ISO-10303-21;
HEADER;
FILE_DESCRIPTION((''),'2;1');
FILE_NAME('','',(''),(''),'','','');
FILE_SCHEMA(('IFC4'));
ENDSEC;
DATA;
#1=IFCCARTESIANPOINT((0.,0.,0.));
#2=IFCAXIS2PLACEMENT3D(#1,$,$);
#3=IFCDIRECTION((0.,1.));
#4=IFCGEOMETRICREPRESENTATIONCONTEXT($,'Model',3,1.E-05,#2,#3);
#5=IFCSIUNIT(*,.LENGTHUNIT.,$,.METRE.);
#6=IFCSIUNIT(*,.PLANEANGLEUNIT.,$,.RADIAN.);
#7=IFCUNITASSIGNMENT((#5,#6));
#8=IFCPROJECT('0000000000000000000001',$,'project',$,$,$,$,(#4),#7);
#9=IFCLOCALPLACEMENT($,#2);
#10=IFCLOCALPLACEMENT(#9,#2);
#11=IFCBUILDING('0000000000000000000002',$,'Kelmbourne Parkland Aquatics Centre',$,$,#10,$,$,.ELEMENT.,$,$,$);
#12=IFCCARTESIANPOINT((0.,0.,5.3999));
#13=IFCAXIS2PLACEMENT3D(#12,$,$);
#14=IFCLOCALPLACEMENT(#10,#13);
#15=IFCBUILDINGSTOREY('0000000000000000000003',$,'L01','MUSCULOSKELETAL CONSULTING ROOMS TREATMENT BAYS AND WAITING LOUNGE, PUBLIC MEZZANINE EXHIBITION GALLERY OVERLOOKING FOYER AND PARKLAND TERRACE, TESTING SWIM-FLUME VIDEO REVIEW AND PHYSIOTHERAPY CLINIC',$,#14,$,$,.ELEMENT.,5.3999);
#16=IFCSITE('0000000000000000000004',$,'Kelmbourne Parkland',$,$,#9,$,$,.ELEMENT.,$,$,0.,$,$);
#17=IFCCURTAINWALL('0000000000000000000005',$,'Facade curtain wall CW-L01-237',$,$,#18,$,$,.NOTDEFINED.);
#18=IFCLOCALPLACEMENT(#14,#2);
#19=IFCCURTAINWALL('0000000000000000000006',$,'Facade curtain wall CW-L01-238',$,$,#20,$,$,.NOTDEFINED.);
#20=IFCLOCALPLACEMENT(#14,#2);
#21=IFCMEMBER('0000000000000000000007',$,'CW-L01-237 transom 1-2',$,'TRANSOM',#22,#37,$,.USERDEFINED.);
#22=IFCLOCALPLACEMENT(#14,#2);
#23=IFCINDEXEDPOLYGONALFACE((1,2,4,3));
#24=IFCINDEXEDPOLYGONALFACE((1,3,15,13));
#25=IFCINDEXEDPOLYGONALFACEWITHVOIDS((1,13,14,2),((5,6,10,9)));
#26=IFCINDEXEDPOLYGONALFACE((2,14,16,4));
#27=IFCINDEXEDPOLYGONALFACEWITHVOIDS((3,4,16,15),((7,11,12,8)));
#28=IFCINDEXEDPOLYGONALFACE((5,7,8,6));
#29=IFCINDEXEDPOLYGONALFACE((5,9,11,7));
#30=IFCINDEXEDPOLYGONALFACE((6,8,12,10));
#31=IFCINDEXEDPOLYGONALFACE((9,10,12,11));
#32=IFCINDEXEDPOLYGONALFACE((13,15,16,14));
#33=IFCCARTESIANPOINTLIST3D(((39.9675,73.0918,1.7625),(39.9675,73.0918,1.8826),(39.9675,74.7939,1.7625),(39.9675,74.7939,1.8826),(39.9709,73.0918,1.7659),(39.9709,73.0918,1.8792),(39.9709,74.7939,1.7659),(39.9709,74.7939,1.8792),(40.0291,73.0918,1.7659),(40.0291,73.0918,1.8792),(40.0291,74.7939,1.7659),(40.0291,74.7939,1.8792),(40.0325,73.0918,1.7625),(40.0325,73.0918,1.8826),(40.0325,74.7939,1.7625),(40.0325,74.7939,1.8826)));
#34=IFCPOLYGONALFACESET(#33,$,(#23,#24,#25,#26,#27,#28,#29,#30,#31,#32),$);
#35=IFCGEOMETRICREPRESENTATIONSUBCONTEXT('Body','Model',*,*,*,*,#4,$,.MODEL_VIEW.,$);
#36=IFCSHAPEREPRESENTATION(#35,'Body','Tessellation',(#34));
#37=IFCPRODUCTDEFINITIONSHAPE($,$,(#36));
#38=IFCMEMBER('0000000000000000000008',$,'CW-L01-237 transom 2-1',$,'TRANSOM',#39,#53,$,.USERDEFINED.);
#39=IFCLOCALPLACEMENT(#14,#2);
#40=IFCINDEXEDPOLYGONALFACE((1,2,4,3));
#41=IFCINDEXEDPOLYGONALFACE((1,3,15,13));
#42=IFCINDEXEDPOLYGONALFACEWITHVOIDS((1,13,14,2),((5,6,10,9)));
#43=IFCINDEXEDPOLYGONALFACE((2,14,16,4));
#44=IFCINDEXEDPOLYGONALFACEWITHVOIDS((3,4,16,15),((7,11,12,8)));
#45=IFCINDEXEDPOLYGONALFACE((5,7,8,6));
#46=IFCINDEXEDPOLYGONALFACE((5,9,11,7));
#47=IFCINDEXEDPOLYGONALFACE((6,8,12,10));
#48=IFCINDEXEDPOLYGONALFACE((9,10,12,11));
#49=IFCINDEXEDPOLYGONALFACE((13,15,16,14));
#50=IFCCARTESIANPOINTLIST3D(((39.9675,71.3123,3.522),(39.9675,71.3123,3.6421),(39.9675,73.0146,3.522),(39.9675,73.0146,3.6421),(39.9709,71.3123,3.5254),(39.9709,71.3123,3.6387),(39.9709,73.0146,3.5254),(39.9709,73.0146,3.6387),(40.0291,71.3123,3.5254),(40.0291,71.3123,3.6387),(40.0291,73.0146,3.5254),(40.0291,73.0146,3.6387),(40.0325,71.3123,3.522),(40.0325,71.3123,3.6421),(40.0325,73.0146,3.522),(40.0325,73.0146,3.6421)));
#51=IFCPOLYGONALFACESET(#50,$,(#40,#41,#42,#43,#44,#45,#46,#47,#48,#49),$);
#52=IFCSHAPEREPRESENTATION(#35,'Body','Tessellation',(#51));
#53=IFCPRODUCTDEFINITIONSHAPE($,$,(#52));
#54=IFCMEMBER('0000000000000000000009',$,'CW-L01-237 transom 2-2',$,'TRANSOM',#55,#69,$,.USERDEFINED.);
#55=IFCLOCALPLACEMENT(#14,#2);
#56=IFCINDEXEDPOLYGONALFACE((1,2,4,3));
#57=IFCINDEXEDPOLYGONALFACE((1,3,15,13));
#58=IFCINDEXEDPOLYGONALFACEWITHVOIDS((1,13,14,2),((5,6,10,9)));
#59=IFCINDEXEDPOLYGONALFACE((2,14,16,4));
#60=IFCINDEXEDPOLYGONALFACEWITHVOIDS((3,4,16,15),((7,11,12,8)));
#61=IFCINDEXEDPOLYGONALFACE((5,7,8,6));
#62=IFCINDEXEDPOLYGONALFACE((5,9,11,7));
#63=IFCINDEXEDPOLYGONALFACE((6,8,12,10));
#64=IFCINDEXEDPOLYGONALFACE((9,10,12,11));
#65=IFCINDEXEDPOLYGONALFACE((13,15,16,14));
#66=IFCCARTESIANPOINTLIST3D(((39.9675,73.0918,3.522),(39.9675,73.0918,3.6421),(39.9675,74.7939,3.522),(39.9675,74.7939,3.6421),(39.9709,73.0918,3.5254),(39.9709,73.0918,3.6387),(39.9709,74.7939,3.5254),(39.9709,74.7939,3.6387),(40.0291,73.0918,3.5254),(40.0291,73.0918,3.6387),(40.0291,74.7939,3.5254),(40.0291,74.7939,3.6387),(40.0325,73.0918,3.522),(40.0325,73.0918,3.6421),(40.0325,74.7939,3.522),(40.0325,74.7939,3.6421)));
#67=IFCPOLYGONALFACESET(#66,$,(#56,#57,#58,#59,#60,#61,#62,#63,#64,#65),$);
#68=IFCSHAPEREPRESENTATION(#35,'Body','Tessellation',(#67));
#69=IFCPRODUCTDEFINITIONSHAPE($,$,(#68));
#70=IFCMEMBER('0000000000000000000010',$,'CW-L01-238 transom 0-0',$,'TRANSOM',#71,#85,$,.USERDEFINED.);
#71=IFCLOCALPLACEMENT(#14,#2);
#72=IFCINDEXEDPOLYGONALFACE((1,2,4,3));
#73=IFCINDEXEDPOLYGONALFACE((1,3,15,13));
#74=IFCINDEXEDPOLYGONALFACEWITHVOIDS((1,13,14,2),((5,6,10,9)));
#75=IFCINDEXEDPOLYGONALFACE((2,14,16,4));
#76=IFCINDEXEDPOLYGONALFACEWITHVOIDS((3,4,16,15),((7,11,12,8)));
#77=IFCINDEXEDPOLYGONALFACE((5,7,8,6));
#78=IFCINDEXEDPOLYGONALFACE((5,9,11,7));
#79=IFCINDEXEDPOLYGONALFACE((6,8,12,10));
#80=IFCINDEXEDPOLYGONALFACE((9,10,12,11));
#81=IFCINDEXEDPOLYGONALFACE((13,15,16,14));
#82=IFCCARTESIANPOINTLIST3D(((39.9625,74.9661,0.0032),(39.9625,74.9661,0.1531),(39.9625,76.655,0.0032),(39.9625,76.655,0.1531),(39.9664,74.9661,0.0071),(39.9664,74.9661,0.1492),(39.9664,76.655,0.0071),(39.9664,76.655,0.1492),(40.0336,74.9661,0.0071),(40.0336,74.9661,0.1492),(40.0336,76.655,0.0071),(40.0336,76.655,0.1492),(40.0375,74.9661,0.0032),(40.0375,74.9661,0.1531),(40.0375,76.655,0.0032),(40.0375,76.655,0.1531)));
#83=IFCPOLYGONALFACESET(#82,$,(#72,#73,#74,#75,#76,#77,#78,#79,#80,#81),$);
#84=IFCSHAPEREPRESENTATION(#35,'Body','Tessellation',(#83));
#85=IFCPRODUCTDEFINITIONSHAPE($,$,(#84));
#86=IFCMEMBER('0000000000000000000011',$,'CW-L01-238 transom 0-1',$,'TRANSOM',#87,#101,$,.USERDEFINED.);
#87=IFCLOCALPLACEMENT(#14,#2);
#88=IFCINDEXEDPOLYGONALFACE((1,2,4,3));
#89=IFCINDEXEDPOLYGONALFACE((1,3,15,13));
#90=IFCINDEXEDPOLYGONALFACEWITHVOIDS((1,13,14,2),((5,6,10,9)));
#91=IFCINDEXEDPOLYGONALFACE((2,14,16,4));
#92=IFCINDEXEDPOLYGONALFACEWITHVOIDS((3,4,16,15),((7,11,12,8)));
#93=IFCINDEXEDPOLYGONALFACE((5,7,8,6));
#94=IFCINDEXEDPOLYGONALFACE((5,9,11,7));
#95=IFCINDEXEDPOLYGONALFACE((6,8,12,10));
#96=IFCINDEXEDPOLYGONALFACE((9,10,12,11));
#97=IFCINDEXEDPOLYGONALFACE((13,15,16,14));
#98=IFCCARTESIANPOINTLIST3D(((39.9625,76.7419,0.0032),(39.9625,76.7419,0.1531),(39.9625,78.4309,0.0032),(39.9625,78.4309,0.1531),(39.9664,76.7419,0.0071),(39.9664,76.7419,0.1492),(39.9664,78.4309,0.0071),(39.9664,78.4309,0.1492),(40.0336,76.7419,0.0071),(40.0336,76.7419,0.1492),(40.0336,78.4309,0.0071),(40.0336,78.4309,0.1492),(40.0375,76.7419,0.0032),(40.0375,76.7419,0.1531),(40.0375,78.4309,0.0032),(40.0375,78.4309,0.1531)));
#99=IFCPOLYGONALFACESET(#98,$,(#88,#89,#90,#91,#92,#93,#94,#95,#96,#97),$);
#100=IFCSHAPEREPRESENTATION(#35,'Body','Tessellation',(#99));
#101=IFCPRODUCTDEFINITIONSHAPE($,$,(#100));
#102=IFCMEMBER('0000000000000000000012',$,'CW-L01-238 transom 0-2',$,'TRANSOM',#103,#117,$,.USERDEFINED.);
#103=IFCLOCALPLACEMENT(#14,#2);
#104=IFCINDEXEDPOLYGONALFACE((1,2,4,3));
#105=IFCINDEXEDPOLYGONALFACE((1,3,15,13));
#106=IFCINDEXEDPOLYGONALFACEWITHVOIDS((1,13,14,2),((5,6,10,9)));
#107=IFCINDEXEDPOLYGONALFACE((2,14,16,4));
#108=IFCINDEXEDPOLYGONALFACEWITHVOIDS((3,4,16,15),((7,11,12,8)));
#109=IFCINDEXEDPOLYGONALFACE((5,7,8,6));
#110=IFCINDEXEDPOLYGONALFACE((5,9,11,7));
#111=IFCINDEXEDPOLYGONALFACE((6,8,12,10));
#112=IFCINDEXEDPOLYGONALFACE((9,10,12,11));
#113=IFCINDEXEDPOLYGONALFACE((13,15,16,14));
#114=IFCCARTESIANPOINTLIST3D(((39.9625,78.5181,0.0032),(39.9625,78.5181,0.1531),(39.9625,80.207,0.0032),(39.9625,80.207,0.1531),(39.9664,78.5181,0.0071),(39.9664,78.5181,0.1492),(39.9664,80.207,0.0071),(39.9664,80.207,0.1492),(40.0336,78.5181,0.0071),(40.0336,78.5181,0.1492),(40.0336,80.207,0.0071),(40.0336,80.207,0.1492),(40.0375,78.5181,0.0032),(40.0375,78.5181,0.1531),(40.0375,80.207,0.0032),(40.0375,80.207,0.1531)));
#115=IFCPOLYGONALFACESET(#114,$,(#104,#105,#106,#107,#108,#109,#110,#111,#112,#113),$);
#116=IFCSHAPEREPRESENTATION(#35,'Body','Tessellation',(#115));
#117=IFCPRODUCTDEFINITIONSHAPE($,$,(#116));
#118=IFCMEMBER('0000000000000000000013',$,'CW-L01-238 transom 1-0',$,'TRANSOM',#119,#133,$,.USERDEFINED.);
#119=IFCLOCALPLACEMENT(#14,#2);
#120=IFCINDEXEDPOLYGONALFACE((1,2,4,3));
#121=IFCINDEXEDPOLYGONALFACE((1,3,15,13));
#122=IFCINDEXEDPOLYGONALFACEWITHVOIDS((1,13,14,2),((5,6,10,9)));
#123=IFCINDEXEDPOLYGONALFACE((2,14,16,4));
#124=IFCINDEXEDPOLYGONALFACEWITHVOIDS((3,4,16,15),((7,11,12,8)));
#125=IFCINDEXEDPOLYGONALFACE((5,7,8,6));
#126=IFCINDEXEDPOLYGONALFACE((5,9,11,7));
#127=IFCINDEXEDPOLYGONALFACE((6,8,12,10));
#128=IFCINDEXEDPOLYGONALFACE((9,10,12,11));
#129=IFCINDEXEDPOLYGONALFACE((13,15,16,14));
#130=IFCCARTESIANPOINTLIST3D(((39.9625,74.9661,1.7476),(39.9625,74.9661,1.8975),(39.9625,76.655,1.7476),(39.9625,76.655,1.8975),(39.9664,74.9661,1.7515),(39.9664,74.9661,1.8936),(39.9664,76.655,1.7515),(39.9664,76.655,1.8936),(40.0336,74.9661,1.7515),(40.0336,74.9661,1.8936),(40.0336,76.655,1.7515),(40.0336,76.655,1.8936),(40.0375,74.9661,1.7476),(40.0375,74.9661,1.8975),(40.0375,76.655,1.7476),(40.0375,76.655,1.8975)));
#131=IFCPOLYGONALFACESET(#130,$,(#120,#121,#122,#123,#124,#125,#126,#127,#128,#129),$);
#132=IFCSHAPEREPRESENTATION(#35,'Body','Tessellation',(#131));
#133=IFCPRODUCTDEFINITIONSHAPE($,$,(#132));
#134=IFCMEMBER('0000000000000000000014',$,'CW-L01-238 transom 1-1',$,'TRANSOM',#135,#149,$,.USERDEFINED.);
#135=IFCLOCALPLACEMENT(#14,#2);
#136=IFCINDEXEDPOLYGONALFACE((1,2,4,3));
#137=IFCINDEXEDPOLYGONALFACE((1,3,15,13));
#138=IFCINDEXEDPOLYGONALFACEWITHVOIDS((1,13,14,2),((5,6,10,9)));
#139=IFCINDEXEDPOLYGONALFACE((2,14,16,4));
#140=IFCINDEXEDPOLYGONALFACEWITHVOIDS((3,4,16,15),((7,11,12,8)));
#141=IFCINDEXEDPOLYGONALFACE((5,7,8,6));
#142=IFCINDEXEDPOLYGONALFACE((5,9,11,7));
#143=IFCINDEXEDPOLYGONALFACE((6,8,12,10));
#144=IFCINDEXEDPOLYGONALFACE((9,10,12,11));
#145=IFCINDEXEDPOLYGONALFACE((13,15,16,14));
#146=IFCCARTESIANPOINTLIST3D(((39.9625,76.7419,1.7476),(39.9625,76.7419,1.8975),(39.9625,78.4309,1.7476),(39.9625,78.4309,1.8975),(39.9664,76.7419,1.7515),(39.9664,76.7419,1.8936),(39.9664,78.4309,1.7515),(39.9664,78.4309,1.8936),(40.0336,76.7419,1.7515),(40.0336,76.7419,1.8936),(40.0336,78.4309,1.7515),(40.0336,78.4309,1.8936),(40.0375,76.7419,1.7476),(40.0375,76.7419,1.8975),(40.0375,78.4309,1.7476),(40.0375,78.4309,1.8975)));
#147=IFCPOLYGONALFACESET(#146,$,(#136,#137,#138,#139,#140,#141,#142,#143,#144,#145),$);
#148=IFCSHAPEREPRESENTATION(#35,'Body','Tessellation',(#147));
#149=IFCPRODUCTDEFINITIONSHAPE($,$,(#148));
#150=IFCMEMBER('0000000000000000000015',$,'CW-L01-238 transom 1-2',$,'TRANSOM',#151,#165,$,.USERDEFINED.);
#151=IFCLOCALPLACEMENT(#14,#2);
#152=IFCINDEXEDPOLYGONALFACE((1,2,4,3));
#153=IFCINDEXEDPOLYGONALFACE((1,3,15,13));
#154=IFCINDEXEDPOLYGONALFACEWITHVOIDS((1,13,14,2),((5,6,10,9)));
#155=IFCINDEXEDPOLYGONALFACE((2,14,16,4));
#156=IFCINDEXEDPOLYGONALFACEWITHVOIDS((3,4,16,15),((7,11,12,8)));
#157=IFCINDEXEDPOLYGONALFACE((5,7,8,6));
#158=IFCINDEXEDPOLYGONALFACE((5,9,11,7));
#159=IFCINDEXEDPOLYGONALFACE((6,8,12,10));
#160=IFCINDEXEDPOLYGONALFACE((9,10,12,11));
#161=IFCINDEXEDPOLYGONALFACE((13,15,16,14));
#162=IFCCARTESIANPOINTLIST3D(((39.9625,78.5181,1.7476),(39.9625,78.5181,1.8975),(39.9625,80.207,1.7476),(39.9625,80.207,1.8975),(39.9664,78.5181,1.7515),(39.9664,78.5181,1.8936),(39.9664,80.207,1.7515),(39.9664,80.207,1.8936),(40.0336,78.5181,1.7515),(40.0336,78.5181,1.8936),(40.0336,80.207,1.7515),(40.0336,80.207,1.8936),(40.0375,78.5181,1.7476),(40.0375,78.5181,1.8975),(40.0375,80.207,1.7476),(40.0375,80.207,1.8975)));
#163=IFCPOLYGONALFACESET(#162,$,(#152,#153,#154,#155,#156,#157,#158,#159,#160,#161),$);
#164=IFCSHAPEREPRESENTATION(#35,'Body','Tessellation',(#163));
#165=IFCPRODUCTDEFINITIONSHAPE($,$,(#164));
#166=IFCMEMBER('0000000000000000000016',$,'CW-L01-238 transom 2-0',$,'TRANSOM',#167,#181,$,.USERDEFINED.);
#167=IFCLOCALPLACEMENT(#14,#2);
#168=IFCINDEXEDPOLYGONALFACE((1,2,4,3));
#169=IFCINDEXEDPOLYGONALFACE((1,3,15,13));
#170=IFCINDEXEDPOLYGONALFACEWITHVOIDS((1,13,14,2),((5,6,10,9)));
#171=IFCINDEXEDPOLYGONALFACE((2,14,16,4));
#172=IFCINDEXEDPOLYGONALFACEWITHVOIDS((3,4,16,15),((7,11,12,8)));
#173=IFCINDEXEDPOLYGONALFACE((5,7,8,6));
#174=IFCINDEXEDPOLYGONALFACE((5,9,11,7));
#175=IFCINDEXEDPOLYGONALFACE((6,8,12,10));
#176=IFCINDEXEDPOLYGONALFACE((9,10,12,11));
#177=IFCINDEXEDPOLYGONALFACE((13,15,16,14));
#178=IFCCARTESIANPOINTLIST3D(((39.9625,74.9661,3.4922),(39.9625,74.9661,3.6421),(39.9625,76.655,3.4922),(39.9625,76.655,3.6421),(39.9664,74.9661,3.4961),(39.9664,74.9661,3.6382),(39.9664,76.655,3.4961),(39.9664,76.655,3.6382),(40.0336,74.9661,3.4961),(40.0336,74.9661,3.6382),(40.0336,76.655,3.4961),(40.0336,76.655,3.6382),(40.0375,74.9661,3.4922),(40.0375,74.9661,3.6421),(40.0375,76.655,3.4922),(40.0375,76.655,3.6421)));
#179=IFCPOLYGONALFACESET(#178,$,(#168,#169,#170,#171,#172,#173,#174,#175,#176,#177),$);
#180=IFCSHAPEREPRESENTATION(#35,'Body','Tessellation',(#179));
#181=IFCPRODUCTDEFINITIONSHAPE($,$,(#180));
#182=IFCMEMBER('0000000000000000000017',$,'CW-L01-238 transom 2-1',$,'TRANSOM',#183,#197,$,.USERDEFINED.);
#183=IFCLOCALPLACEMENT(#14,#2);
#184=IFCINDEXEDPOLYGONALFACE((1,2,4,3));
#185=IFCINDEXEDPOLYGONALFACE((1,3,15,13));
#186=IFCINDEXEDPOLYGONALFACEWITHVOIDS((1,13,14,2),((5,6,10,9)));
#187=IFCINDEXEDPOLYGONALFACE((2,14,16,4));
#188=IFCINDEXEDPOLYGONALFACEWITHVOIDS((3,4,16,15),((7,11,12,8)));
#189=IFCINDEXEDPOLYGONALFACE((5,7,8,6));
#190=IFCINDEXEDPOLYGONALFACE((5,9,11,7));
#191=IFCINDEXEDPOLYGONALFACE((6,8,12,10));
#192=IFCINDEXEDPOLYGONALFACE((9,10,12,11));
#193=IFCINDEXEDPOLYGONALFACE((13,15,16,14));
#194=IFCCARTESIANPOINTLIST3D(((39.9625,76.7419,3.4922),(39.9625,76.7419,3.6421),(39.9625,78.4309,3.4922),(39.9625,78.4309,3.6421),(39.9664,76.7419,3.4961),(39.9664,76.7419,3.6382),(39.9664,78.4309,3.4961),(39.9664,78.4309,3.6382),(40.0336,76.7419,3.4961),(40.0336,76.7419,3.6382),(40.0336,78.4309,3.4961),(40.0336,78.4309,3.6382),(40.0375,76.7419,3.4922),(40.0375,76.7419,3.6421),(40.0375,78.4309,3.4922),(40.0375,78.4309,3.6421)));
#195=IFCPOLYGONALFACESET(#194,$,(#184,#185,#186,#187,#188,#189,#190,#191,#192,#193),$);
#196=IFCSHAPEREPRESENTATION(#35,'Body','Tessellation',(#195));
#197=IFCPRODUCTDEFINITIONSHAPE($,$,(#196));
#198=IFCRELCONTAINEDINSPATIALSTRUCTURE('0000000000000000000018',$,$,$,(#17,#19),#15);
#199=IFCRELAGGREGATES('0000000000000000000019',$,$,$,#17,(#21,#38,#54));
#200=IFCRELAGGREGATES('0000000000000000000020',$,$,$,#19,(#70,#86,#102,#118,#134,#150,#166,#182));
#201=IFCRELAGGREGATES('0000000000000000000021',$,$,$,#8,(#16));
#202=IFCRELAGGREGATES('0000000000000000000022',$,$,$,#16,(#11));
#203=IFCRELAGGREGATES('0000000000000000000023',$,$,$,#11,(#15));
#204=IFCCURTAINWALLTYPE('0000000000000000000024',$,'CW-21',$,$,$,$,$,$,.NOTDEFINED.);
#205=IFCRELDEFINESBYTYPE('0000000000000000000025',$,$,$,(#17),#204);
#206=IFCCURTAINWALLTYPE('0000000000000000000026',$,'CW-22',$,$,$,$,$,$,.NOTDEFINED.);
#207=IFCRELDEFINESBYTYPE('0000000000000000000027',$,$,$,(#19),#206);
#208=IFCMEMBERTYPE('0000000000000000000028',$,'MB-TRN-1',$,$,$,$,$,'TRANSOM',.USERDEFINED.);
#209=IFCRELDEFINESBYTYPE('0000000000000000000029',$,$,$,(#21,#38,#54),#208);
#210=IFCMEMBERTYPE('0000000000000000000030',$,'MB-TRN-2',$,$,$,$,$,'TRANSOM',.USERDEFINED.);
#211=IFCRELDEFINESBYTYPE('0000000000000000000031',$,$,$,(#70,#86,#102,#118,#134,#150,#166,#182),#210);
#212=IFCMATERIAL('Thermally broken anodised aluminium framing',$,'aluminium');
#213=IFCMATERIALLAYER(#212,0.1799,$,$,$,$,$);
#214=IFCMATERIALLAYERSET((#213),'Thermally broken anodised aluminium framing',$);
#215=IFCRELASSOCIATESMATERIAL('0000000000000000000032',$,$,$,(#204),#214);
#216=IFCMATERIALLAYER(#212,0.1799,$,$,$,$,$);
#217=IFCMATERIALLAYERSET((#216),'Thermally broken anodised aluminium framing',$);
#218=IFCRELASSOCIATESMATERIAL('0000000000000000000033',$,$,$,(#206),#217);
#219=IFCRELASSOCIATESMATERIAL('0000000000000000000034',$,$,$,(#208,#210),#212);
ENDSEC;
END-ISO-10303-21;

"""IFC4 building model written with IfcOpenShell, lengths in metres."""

from ifc_helpers import new_model, si_unit, direction, frame, origin, origin_2d, place, context, subcontext, project, spatial, hollow_rectangle, extrude, material, layer, layer_set, material_profile, profile_set, type_object, element, aggregate, save


model = new_model("IFC4")

# Units and contexts
model_context = context("Model", 3, precision=1e-05, world=origin(), true_north=direction((0.0, 1.0)))
body_context = subcontext(model_context, "Body", "Model", "MODEL_VIEW")
ifc_project = project(units=[si_unit("LENGTHUNIT", "METRE"), si_unit("PLANEANGLEUNIT", "RADIAN")], contexts=[model_context])

# Site, building, storey
site_placement = place(None, origin())
site = spatial("IfcSite", under=ifc_project, at=site_placement, Name="Kelmbourne Parkland", CompositionType="ELEMENT", RefElevation=0.0)
building_placement = place(site_placement, origin())
building = spatial("IfcBuilding", under=site, at=building_placement, Name="Kelmbourne Parkland Aquatics Centre", CompositionType="ELEMENT")
storey_placement = place(building_placement, frame((0.0, 0.0, 5.3999)))
storey = spatial("IfcBuildingStorey", under=building, at=storey_placement, Name="L01", Description="MUSCULOSKELETAL CONSULTING ROOMS TREATMENT BAYS AND WAITING LOUNGE, PUBLIC MEZZANINE EXHIBITION GALLERY OVERLOOKING FOYER AND PARKLAND TERRACE, TESTING SWIM-FLUME VIDEO REVIEW AND PHYSIOTHERAPY CLINIC", CompositionType="ELEMENT", Elevation=5.3999)

# Curtain walls
ifc_material_1 = material(Name="Thermally broken anodised aluminium framing", Category="aluminium")
ifc_layer_1 = layer(ifc_material_1, 0.1799)
ifc_layer_set_1 = layer_set([ifc_layer_1], Name="Thermally broken anodised aluminium framing")
curtain_wall_type_1 = type_object("IfcCurtainWallType", Name="CW-21", PredefinedType="NOTDEFINED", material=ifc_layer_set_1)
curtain_wall_1_placement = place(storey_placement, origin())
curtain_wall_1 = element("IfcCurtainWall", 1, at=curtain_wall_1_placement, inside=storey, type_object=curtain_wall_type_1, Name="Facade curtain wall CW-L01-237", PredefinedType="NOTDEFINED")
ifc_layer_2 = layer(ifc_material_1, 0.1799)
ifc_layer_set_2 = layer_set([ifc_layer_2], Name="Thermally broken anodised aluminium framing")
curtain_wall_type_2 = type_object("IfcCurtainWallType", Name="CW-22", PredefinedType="NOTDEFINED", material=ifc_layer_set_2)
curtain_wall_2_placement = place(storey_placement, origin())
curtain_wall_2 = element("IfcCurtainWall", 2, at=curtain_wall_2_placement, inside=storey, type_object=curtain_wall_type_2, Name="Facade curtain wall CW-L01-238", PredefinedType="NOTDEFINED")

# Members
ifc_material_profile_1 = material_profile(ifc_material_1, hollow_rectangle(XDim=0.0649, YDim=0.1201, WallThickness=0.0034, at=origin_2d()), Name="CW-T 65x120")
ifc_profile_set_1 = profile_set([ifc_material_profile_1], Name="Thermally broken anodised aluminium framing")
member_type_1 = type_object("IfcMemberType", Name="MB-TRN-1", ElementType="TRANSOM", PredefinedType="USERDEFINED", material=ifc_profile_set_1)
member_1_placement = place(storey_placement, frame((40.0, 73.0918, 1.8225), z_axis=(0.0, 1.0, 0.0), x_axis=(-1.0, 0.0, 0.0)))
member_1 = element("IfcMember", 3, at=member_1_placement, type_object=member_type_1, Name="CW-L01-237 transom 1-2", ObjectType="TRANSOM", PredefinedType="USERDEFINED", context=body_context, shape_type="SweptSolid", body=[
    extrude(hollow_rectangle(XDim=0.0649, YDim=0.1201, WallThickness=0.0034, at=origin_2d()), origin(), (0.0, 0.0, 1.0), 1.7021),
])
member_2_placement = place(storey_placement, frame((40.0, 71.3123, 3.582), z_axis=(0.0, 1.0, 0.0), x_axis=(-1.0, 0.0, 0.0)))
member_2 = element("IfcMember", 4, at=member_2_placement, type_object=member_type_1, Name="CW-L01-237 transom 2-1", ObjectType="TRANSOM", PredefinedType="USERDEFINED", context=body_context, shape_type="SweptSolid", body=[
    extrude(hollow_rectangle(XDim=0.0649, YDim=0.1201, WallThickness=0.0034, at=origin_2d()), origin(), (0.0, 0.0, 1.0), 1.7024),
])
member_3_placement = place(storey_placement, frame((40.0, 73.0918, 3.582), z_axis=(0.0, 1.0, 0.0), x_axis=(-1.0, 0.0, 0.0)))
member_3 = element("IfcMember", 5, at=member_3_placement, type_object=member_type_1, Name="CW-L01-237 transom 2-2", ObjectType="TRANSOM", PredefinedType="USERDEFINED", context=body_context, shape_type="SweptSolid", body=[
    extrude(hollow_rectangle(XDim=0.0649, YDim=0.1201, WallThickness=0.0034, at=origin_2d()), origin(), (0.0, 0.0, 1.0), 1.7021),
])
ifc_material_profile_2 = material_profile(ifc_material_1, hollow_rectangle(XDim=0.075, YDim=0.1499, WallThickness=0.0039, at=origin_2d()), Name="CW-T 75x150")
ifc_profile_set_2 = profile_set([ifc_material_profile_2], Name="Thermally broken anodised aluminium framing")
member_type_2 = type_object("IfcMemberType", Name="MB-TRN-2", ElementType="TRANSOM", PredefinedType="USERDEFINED", material=ifc_profile_set_2)
member_4_placement = place(storey_placement, frame((40.0, 74.9661, 0.0781), z_axis=(0.0, 1.0, 0.0), x_axis=(-1.0, 0.0, 0.0)))
member_4 = element("IfcMember", 6, at=member_4_placement, type_object=member_type_2, Name="CW-L01-238 transom 0-0", ObjectType="TRANSOM", PredefinedType="USERDEFINED", context=body_context, shape_type="SweptSolid", body=[
    extrude(hollow_rectangle(XDim=0.075, YDim=0.1499, WallThickness=0.0039, at=origin_2d()), origin(), (0.0, 0.0, 1.0), 1.689),
])
member_5_placement = place(storey_placement, frame((40.0, 76.7419, 0.0781), z_axis=(0.0, 1.0, 0.0), x_axis=(-1.0, 0.0, 0.0)))
member_5 = element("IfcMember", 7, at=member_5_placement, type_object=member_type_2, Name="CW-L01-238 transom 0-1", ObjectType="TRANSOM", PredefinedType="USERDEFINED", context=body_context, shape_type="SweptSolid", body=[
    extrude(hollow_rectangle(XDim=0.075, YDim=0.1499, WallThickness=0.0039, at=origin_2d()), origin(), (0.0, 0.0, 1.0), 1.689),
])
member_6_placement = place(storey_placement, frame((40.0, 78.5181, 0.0781), z_axis=(0.0, 1.0, 0.0), x_axis=(-1.0, 0.0, 0.0)))
member_6 = element("IfcMember", 8, at=member_6_placement, type_object=member_type_2, Name="CW-L01-238 transom 0-2", ObjectType="TRANSOM", PredefinedType="USERDEFINED", context=body_context, shape_type="SweptSolid", body=[
    extrude(hollow_rectangle(XDim=0.075, YDim=0.1499, WallThickness=0.0039, at=origin_2d()), origin(), (0.0, 0.0, 1.0), 1.689),
])
member_7_placement = place(storey_placement, frame((40.0, 74.9661, 1.8225), z_axis=(0.0, 1.0, 0.0), x_axis=(-1.0, 0.0, 0.0)))
member_7 = element("IfcMember", 9, at=member_7_placement, type_object=member_type_2, Name="CW-L01-238 transom 1-0", ObjectType="TRANSOM", PredefinedType="USERDEFINED", context=body_context, shape_type="SweptSolid", body=[
    extrude(hollow_rectangle(XDim=0.075, YDim=0.1499, WallThickness=0.0039, at=origin_2d()), origin(), (0.0, 0.0, 1.0), 1.689),
])
member_8_placement = place(storey_placement, frame((40.0, 76.7419, 1.8225), z_axis=(0.0, 1.0, 0.0), x_axis=(-1.0, 0.0, 0.0)))
member_8 = element("IfcMember", 10, at=member_8_placement, type_object=member_type_2, Name="CW-L01-238 transom 1-1", ObjectType="TRANSOM", PredefinedType="USERDEFINED", context=body_context, shape_type="SweptSolid", body=[
    extrude(hollow_rectangle(XDim=0.075, YDim=0.1499, WallThickness=0.0039, at=origin_2d()), origin(), (0.0, 0.0, 1.0), 1.689),
])
member_9_placement = place(storey_placement, frame((40.0, 78.5181, 1.8225), z_axis=(0.0, 1.0, 0.0), x_axis=(-1.0, 0.0, 0.0)))
member_9 = element("IfcMember", 11, at=member_9_placement, type_object=member_type_2, Name="CW-L01-238 transom 1-2", ObjectType="TRANSOM", PredefinedType="USERDEFINED", context=body_context, shape_type="SweptSolid", body=[
    extrude(hollow_rectangle(XDim=0.075, YDim=0.1499, WallThickness=0.0039, at=origin_2d()), origin(), (0.0, 0.0, 1.0), 1.689),
])
member_10_placement = place(storey_placement, frame((40.0, 74.9661, 3.5671), z_axis=(0.0, 1.0, 0.0), x_axis=(-1.0, 0.0, 0.0)))
member_10 = element("IfcMember", 12, at=member_10_placement, type_object=member_type_2, Name="CW-L01-238 transom 2-0", ObjectType="TRANSOM", PredefinedType="USERDEFINED", context=body_context, shape_type="SweptSolid", body=[
    extrude(hollow_rectangle(XDim=0.075, YDim=0.1499, WallThickness=0.0039, at=origin_2d()), origin(), (0.0, 0.0, 1.0), 1.689),
])
member_11_placement = place(storey_placement, frame((40.0, 76.7419, 3.5671), z_axis=(0.0, 1.0, 0.0), x_axis=(-1.0, 0.0, 0.0)))
member_11 = element("IfcMember", 13, at=member_11_placement, type_object=member_type_2, Name="CW-L01-238 transom 2-1", ObjectType="TRANSOM", PredefinedType="USERDEFINED", context=body_context, shape_type="SweptSolid", body=[
    extrude(hollow_rectangle(XDim=0.075, YDim=0.1499, WallThickness=0.0039, at=origin_2d()), origin(), (0.0, 0.0, 1.0), 1.689),
])

aggregate(curtain_wall_1, [member_1, member_2, member_3])
aggregate(curtain_wall_2, [member_4, member_5, member_6, member_7, member_8, member_9, member_10, member_11])

save(model, "model.ifc")
